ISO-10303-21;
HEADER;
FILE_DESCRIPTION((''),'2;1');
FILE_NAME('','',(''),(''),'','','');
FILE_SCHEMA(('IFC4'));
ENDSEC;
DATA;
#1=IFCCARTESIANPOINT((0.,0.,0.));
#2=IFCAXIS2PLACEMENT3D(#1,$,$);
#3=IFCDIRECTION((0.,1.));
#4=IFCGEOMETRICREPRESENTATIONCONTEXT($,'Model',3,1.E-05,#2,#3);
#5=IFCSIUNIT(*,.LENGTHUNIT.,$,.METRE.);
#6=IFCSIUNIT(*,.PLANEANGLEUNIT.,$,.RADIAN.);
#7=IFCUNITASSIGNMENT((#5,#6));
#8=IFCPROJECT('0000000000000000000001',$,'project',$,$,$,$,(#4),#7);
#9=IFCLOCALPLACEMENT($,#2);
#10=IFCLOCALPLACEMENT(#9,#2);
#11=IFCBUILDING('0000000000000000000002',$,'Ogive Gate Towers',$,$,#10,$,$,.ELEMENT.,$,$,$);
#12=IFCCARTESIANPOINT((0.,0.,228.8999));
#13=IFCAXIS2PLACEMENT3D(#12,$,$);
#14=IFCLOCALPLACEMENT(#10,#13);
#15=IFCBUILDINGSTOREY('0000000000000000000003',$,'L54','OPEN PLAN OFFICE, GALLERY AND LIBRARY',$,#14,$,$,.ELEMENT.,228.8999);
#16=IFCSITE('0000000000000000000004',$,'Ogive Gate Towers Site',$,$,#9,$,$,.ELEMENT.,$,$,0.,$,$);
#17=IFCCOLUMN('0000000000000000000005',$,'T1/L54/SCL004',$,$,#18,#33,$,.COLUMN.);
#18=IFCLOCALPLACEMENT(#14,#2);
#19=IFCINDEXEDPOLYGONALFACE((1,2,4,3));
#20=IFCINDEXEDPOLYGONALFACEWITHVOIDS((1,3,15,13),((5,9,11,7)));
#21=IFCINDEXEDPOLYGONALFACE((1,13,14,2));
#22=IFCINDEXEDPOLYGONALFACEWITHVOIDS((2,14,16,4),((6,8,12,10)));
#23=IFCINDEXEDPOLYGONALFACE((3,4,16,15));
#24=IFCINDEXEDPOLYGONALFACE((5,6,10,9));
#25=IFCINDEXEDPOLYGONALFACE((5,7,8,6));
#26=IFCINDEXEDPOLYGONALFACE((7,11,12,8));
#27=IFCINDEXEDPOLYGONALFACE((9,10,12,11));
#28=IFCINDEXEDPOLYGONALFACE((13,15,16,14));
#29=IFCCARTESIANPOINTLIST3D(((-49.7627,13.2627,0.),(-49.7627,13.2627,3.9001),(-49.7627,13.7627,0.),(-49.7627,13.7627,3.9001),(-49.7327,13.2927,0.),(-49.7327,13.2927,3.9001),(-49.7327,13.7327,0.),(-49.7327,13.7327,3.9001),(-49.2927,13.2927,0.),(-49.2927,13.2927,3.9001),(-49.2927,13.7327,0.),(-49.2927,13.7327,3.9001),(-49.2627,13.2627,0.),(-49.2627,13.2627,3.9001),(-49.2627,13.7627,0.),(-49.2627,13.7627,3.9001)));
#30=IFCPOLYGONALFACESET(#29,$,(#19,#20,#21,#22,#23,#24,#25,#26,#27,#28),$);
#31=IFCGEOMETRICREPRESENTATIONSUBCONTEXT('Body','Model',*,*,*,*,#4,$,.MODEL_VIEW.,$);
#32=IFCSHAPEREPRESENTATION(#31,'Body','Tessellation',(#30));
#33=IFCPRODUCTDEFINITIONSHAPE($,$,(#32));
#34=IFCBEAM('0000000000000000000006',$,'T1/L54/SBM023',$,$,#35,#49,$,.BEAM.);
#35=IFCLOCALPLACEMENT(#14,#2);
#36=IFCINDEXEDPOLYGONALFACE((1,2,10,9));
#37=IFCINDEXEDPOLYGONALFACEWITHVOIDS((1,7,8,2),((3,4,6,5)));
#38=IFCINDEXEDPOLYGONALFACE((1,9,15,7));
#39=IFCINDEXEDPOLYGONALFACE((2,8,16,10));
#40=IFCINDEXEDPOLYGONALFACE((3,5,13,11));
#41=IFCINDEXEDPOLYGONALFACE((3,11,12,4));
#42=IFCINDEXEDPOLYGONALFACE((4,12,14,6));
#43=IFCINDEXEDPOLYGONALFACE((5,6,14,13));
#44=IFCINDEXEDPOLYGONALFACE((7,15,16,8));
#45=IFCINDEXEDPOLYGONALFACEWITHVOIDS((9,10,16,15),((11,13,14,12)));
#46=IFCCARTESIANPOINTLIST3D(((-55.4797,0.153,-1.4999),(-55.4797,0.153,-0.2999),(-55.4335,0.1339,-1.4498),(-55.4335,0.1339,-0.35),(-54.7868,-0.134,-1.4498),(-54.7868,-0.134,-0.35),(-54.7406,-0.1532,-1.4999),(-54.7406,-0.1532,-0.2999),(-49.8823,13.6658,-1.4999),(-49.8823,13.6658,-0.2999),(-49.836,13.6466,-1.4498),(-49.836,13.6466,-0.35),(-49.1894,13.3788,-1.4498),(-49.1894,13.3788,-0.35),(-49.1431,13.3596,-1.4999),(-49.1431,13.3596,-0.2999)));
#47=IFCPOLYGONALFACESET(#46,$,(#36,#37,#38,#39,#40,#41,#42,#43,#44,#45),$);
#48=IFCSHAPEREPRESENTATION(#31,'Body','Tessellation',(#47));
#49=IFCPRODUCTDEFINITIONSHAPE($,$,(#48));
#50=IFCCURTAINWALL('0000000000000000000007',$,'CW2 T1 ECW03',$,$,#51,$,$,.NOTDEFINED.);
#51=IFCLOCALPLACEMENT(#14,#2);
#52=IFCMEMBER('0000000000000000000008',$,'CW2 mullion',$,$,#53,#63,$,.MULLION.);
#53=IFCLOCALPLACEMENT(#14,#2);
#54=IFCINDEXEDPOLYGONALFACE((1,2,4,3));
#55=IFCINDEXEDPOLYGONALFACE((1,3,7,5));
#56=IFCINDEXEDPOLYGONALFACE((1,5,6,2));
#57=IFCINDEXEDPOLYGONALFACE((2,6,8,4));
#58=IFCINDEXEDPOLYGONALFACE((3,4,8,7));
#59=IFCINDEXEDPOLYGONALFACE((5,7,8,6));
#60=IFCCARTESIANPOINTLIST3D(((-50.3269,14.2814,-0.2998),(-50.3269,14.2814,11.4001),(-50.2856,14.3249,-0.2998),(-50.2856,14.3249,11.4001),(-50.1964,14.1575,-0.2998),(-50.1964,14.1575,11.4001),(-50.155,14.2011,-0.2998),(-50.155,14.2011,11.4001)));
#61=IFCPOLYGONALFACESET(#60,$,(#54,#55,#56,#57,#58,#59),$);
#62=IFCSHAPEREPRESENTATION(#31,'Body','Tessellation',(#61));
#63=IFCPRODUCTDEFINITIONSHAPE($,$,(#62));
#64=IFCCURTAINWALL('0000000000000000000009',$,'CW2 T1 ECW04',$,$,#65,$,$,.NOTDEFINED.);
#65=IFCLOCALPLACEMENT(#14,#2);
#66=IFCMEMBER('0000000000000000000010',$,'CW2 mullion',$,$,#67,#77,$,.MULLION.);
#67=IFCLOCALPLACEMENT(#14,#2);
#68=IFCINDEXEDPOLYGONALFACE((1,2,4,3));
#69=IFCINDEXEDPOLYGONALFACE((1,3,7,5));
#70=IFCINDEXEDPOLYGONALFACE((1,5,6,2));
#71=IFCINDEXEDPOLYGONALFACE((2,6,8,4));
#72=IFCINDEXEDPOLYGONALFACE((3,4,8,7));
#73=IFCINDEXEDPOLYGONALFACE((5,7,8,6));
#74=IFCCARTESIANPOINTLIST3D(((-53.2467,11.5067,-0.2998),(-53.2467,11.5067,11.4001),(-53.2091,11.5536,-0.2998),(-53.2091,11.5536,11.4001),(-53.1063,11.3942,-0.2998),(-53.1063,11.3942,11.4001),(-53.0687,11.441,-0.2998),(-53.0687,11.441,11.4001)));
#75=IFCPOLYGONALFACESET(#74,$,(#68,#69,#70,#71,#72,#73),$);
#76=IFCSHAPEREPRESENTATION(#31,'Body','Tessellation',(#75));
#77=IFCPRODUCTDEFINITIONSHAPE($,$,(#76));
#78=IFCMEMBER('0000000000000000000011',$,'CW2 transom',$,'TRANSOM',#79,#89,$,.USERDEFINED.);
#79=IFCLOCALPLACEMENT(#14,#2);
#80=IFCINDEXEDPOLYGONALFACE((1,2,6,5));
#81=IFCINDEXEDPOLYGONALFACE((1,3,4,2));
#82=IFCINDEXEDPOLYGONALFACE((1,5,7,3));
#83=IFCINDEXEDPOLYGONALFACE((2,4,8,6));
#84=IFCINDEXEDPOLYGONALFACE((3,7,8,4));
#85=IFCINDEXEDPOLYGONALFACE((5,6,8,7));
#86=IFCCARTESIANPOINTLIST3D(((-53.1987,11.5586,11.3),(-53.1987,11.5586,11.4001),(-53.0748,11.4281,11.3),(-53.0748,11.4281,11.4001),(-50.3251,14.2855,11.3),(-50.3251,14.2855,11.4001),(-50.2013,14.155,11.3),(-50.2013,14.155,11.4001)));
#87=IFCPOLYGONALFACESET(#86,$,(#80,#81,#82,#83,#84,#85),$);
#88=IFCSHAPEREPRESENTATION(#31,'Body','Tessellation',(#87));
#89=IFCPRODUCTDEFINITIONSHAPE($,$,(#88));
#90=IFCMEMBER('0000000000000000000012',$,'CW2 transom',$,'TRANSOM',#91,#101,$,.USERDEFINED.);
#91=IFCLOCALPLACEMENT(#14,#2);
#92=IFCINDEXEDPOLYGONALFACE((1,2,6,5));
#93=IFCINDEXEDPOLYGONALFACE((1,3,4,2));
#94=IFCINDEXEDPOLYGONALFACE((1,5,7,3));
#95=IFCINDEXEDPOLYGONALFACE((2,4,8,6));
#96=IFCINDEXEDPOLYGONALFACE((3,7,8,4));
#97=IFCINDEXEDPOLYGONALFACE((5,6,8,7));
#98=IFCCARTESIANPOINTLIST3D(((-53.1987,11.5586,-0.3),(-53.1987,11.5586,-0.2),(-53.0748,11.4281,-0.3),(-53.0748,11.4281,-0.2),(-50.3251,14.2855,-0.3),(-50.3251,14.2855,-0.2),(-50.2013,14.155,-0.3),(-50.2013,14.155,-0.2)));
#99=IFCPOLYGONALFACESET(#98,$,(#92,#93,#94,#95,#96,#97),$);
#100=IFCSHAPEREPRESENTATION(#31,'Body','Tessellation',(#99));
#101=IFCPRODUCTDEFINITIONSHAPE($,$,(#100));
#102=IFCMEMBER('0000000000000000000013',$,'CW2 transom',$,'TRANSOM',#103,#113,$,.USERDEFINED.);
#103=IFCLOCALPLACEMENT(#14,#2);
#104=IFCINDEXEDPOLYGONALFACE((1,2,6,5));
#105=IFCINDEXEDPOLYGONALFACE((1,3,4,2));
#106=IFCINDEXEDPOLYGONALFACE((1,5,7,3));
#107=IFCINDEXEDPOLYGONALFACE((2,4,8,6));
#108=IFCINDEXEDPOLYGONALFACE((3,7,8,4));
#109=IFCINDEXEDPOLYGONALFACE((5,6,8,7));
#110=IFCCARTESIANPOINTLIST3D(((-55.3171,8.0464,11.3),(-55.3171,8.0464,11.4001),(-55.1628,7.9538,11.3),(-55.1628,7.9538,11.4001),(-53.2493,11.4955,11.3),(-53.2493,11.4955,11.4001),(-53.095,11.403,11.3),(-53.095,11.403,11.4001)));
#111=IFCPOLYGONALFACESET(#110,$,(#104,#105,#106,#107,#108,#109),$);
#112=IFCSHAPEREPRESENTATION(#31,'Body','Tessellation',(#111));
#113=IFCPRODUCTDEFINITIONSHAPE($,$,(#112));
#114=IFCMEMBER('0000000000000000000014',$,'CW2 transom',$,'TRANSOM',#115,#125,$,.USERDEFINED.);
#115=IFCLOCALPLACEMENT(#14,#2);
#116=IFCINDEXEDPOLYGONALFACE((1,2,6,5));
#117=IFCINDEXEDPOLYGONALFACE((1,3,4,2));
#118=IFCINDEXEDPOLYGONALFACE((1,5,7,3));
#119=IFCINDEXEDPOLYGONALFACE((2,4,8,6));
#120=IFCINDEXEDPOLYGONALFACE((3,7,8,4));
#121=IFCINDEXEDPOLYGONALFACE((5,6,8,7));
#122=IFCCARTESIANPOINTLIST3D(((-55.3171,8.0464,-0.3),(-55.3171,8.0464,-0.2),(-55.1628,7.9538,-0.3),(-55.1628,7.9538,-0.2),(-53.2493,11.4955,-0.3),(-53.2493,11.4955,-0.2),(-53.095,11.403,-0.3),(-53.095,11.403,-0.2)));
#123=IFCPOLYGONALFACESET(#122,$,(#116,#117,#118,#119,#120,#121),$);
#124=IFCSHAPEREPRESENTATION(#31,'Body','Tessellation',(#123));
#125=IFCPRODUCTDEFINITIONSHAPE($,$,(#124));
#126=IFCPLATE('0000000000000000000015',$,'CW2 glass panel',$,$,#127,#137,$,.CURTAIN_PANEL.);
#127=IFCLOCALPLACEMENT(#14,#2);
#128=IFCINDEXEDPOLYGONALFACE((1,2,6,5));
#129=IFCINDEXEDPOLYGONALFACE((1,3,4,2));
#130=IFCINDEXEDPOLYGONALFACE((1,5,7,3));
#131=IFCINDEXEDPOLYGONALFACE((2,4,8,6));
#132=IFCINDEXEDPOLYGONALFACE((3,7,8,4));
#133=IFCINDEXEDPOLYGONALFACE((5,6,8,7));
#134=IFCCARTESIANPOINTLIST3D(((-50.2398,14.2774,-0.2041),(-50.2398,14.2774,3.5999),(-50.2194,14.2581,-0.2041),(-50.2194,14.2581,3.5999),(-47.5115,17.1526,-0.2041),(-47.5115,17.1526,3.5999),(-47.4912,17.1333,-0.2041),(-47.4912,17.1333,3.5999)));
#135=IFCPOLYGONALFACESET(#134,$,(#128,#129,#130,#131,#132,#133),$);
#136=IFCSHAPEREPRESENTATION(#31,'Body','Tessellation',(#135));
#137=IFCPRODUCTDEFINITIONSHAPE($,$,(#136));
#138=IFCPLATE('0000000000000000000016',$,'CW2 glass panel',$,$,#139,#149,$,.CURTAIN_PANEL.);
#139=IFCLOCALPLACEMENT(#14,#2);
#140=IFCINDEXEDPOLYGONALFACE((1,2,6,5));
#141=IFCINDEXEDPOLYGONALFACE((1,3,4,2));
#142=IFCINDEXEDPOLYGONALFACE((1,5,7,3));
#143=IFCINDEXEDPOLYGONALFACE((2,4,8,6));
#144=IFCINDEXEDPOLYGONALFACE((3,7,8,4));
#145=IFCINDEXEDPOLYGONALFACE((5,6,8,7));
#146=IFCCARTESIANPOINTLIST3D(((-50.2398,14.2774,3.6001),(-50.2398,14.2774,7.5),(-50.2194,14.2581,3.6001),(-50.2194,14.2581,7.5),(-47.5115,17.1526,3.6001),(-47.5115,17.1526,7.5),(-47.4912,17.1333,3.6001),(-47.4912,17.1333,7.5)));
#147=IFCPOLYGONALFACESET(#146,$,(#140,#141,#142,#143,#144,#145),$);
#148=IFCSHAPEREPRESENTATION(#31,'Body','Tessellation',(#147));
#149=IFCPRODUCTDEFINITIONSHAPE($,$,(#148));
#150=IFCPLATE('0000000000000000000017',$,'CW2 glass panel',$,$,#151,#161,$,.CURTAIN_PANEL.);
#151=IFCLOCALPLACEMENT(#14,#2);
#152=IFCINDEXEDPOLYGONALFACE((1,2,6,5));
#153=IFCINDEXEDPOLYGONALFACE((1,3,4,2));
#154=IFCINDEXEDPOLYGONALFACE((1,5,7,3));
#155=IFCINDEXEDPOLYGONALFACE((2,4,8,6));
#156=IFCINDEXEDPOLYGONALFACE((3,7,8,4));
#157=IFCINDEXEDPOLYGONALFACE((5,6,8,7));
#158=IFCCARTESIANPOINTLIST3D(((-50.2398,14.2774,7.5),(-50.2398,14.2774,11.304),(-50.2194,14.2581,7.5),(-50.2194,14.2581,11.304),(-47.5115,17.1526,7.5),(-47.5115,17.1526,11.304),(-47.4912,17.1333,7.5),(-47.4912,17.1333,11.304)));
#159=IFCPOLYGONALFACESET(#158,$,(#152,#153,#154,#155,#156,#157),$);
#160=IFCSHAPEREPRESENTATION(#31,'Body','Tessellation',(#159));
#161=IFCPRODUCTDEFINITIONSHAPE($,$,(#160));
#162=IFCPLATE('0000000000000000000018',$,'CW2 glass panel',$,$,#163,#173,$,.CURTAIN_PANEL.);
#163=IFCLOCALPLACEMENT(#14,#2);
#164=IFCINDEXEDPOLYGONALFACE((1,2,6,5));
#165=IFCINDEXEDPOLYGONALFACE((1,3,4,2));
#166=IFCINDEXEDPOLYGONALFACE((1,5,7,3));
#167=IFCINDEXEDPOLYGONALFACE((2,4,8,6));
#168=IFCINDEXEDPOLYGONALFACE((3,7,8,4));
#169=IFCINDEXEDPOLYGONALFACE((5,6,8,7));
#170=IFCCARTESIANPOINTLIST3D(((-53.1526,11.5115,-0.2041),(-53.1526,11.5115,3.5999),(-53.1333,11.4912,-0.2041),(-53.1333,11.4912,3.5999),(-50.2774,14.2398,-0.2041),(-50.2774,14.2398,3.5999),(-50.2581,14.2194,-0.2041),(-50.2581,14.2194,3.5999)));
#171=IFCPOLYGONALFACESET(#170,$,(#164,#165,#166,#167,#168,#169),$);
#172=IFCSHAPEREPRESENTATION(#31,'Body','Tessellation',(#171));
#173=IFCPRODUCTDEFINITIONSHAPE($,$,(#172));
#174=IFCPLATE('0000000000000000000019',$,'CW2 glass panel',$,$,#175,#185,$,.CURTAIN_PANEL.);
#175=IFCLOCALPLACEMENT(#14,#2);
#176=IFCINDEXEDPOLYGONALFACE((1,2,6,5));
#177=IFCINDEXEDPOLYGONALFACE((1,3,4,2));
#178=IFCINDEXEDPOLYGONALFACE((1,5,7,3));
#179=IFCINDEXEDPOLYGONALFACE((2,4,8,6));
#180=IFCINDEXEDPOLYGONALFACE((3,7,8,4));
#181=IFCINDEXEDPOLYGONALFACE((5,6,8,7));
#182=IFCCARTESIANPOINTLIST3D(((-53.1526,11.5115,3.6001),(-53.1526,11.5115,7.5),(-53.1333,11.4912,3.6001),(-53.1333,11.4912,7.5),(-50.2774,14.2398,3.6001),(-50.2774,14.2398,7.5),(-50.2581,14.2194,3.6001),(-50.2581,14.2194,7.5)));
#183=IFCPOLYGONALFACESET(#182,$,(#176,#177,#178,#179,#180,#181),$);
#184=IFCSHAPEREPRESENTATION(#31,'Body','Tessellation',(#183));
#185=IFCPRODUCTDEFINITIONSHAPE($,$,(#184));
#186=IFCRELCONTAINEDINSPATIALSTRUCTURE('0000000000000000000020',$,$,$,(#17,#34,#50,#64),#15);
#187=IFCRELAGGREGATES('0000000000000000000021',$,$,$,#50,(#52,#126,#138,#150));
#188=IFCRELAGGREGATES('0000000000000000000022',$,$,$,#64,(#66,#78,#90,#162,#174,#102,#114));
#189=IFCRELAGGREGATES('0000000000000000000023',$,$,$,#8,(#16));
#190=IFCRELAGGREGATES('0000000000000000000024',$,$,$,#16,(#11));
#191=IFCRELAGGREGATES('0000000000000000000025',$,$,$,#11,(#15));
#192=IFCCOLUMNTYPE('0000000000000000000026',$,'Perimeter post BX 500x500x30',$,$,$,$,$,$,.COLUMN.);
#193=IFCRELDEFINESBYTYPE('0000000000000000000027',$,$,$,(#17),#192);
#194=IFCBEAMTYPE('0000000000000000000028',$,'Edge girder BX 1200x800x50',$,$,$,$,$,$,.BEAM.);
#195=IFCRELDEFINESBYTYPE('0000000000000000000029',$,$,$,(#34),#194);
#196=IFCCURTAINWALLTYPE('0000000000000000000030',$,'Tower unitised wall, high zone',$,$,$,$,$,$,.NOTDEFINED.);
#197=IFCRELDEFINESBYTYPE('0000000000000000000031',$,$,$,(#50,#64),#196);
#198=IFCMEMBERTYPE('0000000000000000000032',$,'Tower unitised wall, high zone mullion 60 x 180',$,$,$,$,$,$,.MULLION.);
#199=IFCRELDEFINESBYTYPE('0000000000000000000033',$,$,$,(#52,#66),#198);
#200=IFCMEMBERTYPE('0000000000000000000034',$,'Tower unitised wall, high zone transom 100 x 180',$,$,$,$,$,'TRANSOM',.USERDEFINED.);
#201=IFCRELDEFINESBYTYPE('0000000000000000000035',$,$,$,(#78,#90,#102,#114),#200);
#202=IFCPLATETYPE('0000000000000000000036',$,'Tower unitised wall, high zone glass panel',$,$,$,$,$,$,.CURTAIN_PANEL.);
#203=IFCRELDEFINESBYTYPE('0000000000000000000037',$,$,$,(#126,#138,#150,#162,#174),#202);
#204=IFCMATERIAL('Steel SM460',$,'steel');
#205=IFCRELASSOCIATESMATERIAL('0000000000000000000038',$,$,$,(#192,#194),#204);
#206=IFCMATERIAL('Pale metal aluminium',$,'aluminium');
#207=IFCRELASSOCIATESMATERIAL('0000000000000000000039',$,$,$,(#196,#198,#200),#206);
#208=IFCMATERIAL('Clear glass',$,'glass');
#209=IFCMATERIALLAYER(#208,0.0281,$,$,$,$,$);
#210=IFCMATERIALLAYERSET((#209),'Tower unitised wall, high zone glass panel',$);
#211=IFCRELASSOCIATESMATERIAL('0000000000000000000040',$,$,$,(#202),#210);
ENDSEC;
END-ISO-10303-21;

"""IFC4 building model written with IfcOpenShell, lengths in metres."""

from ifc_helpers import new_model, si_unit, direction, frame, origin, origin_2d, place, context, subcontext, project, spatial, rectangle, hollow_rectangle, extrude, material, layer, layer_set, material_profile, profile_set, type_object, element, aggregate, save


model = new_model("IFC4")

# Units and contexts
model_context = context("Model", 3, precision=1e-05, world=origin(), true_north=direction((0.0, 1.0)))
body_context = subcontext(model_context, "Body", "Model", "MODEL_VIEW")
ifc_project = project(units=[si_unit("LENGTHUNIT", "METRE"), si_unit("PLANEANGLEUNIT", "RADIAN")], contexts=[model_context])

# Site, building, storey
site_placement = place(None, origin())
site = spatial("IfcSite", under=ifc_project, at=site_placement, Name="Ogive Gate Towers Site", CompositionType="ELEMENT", RefElevation=0.0)
building_placement = place(site_placement, origin())
building = spatial("IfcBuilding", under=site, at=building_placement, Name="Ogive Gate Towers", CompositionType="ELEMENT")
storey_placement = place(building_placement, frame((0.0, 0.0, 228.8999)))
storey = spatial("IfcBuildingStorey", under=building, at=storey_placement, Name="L54", Description="OPEN PLAN OFFICE, GALLERY AND LIBRARY", CompositionType="ELEMENT", Elevation=228.8999)

# Column
ifc_material_1 = material(Name="Steel SM460", Category="steel")
ifc_material_profile_1 = material_profile(ifc_material_1, hollow_rectangle(XDim=0.5, YDim=0.5, WallThickness=0.03, at=origin_2d()), Name="BX 500x500x30")
ifc_profile_set_1 = profile_set([ifc_material_profile_1], Name="Steel SM460")
column_type = type_object("IfcColumnType", Name="Perimeter post BX 500x500x30", PredefinedType="COLUMN", material=ifc_profile_set_1)
column_placement = place(storey_placement, frame((-49.5127, 13.5127, 0.0), z_axis=(0.0, 0.0, 1.0), x_axis=(1.0, 0.0, 0.0)))
element("IfcColumn", 1, at=column_placement, inside=storey, type_object=column_type, Name="T1/L54/SCL004", PredefinedType="COLUMN", context=body_context, shape_type="SweptSolid", body=[
    extrude(hollow_rectangle(XDim=0.5, YDim=0.5, WallThickness=0.03, at=origin_2d()), origin(), (0.0, 0.0, 1.0), 3.9001),
])

# Beam
ifc_material_profile_2 = material_profile(ifc_material_1, hollow_rectangle(XDim=0.8, YDim=1.2, WallThickness=0.05, at=origin_2d()), Name="BX 1200x800x50")
ifc_profile_set_2 = profile_set([ifc_material_profile_2], Name="Steel SM460")
beam_type = type_object("IfcBeamType", Name="Edge girder BX 1200x800x50", PredefinedType="BEAM", material=ifc_profile_set_2)
beam_placement = place(storey_placement, frame((-49.5127, 13.5127, -0.8999), z_axis=(-0.382699, -0.923873, 0.0), x_axis=(0.923873, -0.382699, 0.0)))
element("IfcBeam", 2, at=beam_placement, inside=storey, type_object=beam_type, Name="T1/L54/SBM023", PredefinedType="BEAM", context=body_context, shape_type="SweptSolid", body=[
    extrude(hollow_rectangle(XDim=0.8, YDim=1.2, WallThickness=0.05, at=origin_2d()), origin(), (0.0, 0.0, 1.0), 14.6262),
])

# Curtain wall, member
ifc_material_2 = material(Name="Pale metal aluminium", Category="aluminium")
curtain_wall_type = type_object("IfcCurtainWallType", Name="Tower unitised wall, high zone", PredefinedType="NOTDEFINED", material=ifc_material_2)
curtain_wall_1_placement = place(storey_placement, origin())
curtain_wall_1 = element("IfcCurtainWall", 3, at=curtain_wall_1_placement, inside=storey, type_object=curtain_wall_type, Name="CW2 T1 ECW03", PredefinedType="NOTDEFINED")
ifc_material_profile_3 = material_profile(ifc_material_2, rectangle(XDim=0.1799, YDim=0.0601, at=origin_2d()), Name="60 x 180 aluminium box")
ifc_profile_set_3 = profile_set([ifc_material_profile_3], Name="Pale metal aluminium")
member_type_1 = type_object("IfcMemberType", Name="Tower unitised wall, high zone mullion 60 x 180", PredefinedType="MULLION", material=ifc_profile_set_3)
member_1_placement = place(storey_placement, frame((-50.241, 14.2412, -0.2998), z_axis=(0.0, 0.0, 1.0), x_axis=(-0.725398, 0.688329, 0.0)))
member_1 = element("IfcMember", 4, at=member_1_placement, type_object=member_type_1, Name="CW2 mullion", PredefinedType="MULLION", context=body_context, shape_type="SweptSolid", body=[
    extrude(rectangle(XDim=0.1799, YDim=0.0601, at=origin_2d()), origin(), (0.0, 0.0, 1.0), 11.7),
])

# Curtain wall, members
curtain_wall_2_placement = place(storey_placement, origin())
curtain_wall_2 = element("IfcCurtainWall", 5, at=curtain_wall_2_placement, inside=storey, type_object=curtain_wall_type, Name="CW2 T1 ECW04", PredefinedType="NOTDEFINED")
member_2_placement = place(storey_placement, frame((-53.1577, 11.4739, -0.2998), z_axis=(0.0, 0.0, 1.0), x_axis=(-0.780201, 0.625529, 0.0)))
member_2 = element("IfcMember", 6, at=member_2_placement, type_object=member_type_1, Name="CW2 mullion", PredefinedType="MULLION", context=body_context, shape_type="SweptSolid", body=[
    extrude(rectangle(XDim=0.1799, YDim=0.0601, at=origin_2d()), origin(), (0.0, 0.0, 1.0), 11.7),
])
ifc_material_profile_4 = material_profile(ifc_material_2, rectangle(XDim=0.1799, YDim=0.1001, at=origin_2d()), Name="100 x 180 aluminium box")
ifc_profile_set_4 = profile_set([ifc_material_profile_4], Name="Pale metal aluminium")
member_type_2 = type_object("IfcMemberType", Name="Tower unitised wall, high zone transom 100 x 180", ElementType="TRANSOM", PredefinedType="USERDEFINED", material=ifc_profile_set_4)
member_3_placement = place(storey_placement, frame((-50.2632, 14.2202, 11.3501), z_axis=(-0.725384, -0.688344, 0.0), x_axis=(0.688344, -0.725384, 0.0)))
member_3 = element("IfcMember", 7, at=member_3_placement, type_object=member_type_2, Name="CW2 transom", ObjectType="TRANSOM", PredefinedType="USERDEFINED", context=body_context, shape_type="SweptSolid", body=[
    extrude(rectangle(XDim=0.1799, YDim=0.1001, at=origin_2d()), origin(), (0.0, 0.0, 1.0), 3.9614),
])
member_4_placement = place(storey_placement, frame((-50.2632, 14.2202, -0.25), z_axis=(-0.725384, -0.688344, 0.0), x_axis=(0.688344, -0.725384, 0.0)))
member_4 = element("IfcMember", 8, at=member_4_placement, type_object=member_type_2, Name="CW2 transom", ObjectType="TRANSOM", PredefinedType="USERDEFINED", context=body_context, shape_type="SweptSolid", body=[
    extrude(rectangle(XDim=0.1799, YDim=0.1001, at=origin_2d()), origin(), (0.0, 0.0, 1.0), 3.9614),
])
member_5_placement = place(storey_placement, frame((-53.1721, 11.4492, 11.3501), z_axis=(-0.514192, -0.857675, 0.0), x_axis=(0.857675, -0.514192, 0.0)))
member_5 = element("IfcMember", 9, at=member_5_placement, type_object=member_type_2, Name="CW2 transom", ObjectType="TRANSOM", PredefinedType="USERDEFINED", context=body_context, shape_type="SweptSolid", body=[
    extrude(rectangle(XDim=0.1799, YDim=0.1001, at=origin_2d()), origin(), (0.0, 0.0, 1.0), 4.0215),
])
member_6_placement = place(storey_placement, frame((-53.1721, 11.4492, -0.25), z_axis=(-0.514192, -0.857675, 0.0), x_axis=(0.857675, -0.514192, 0.0)))
member_6 = element("IfcMember", 10, at=member_6_placement, type_object=member_type_2, Name="CW2 transom", ObjectType="TRANSOM", PredefinedType="USERDEFINED", context=body_context, shape_type="SweptSolid", body=[
    extrude(rectangle(XDim=0.1799, YDim=0.1001, at=origin_2d()), origin(), (0.0, 0.0, 1.0), 4.0215),
])

# Plates
ifc_material_3 = material(Name="Clear glass", Category="glass")
ifc_layer_1 = layer(ifc_material_3, 0.0281)
ifc_layer_set_1 = layer_set([ifc_layer_1], Name="Tower unitised wall, high zone glass panel")
plate_type = type_object("IfcPlateType", Name="Tower unitised wall, high zone glass panel", PredefinedType="CURTAIN_PANEL", material=ifc_layer_set_1)
plate_1_placement = place(storey_placement, frame((-48.8655, 15.7053, -0.2041), z_axis=(0.0, 0.0, 1.0), x_axis=(-0.688329, -0.725398, 0.0)))
plate_1 = element("IfcPlate", 11, at=plate_1_placement, type_object=plate_type, Name="CW2 glass panel", PredefinedType="CURTAIN_PANEL", context=body_context, shape_type="SweptSolid", body=[
    extrude(rectangle(XDim=3.9636, YDim=0.0281, at=origin_2d()), origin(), (0.0, 0.0, 1.0), 3.804),
])
plate_2_placement = place(storey_placement, frame((-48.8655, 15.7053, 3.6001), z_axis=(0.0, 0.0, 1.0), x_axis=(-0.688329, -0.725398, 0.0)))
plate_2 = element("IfcPlate", 12, at=plate_2_placement, type_object=plate_type, Name="CW2 glass panel", PredefinedType="CURTAIN_PANEL", context=body_context, shape_type="SweptSolid", body=[
    extrude(rectangle(XDim=3.9636, YDim=0.0281, at=origin_2d()), origin(), (0.0, 0.0, 1.0), 3.8999),
])
plate_3_placement = place(storey_placement, frame((-48.8655, 15.7053, 7.5), z_axis=(0.0, 0.0, 1.0), x_axis=(-0.688329, -0.725398, 0.0)))
plate_3 = element("IfcPlate", 13, at=plate_3_placement, type_object=plate_type, Name="CW2 glass panel", PredefinedType="CURTAIN_PANEL", context=body_context, shape_type="SweptSolid", body=[
    extrude(rectangle(XDim=3.9636, YDim=0.0281, at=origin_2d()), origin(), (0.0, 0.0, 1.0), 3.804),
])
aggregate(curtain_wall_1, [member_1, plate_1, plate_2, plate_3])
plate_4_placement = place(storey_placement, frame((-51.7053, 12.8655, -0.2041), z_axis=(0.0, 0.0, 1.0), x_axis=(-0.725398, -0.688329, 0.0)))
plate_4 = element("IfcPlate", 14, at=plate_4_placement, type_object=plate_type, Name="CW2 glass panel", PredefinedType="CURTAIN_PANEL", context=body_context, shape_type="SweptSolid", body=[
    extrude(rectangle(XDim=3.9636, YDim=0.0281, at=origin_2d()), origin(), (0.0, 0.0, 1.0), 3.804),
])
plate_5_placement = place(storey_placement, frame((-51.7053, 12.8655, 3.6001), z_axis=(0.0, 0.0, 1.0), x_axis=(-0.725398, -0.688329, 0.0)))
plate_5 = element("IfcPlate", 15, at=plate_5_placement, type_object=plate_type, Name="CW2 glass panel", PredefinedType="CURTAIN_PANEL", context=body_context, shape_type="SweptSolid", body=[
    extrude(rectangle(XDim=3.9636, YDim=0.0281, at=origin_2d()), origin(), (0.0, 0.0, 1.0), 3.8999),
])
aggregate(curtain_wall_2, [member_2, member_3, member_4, plate_4, plate_5, member_5, member_6])

save(model, "model.ifc")
